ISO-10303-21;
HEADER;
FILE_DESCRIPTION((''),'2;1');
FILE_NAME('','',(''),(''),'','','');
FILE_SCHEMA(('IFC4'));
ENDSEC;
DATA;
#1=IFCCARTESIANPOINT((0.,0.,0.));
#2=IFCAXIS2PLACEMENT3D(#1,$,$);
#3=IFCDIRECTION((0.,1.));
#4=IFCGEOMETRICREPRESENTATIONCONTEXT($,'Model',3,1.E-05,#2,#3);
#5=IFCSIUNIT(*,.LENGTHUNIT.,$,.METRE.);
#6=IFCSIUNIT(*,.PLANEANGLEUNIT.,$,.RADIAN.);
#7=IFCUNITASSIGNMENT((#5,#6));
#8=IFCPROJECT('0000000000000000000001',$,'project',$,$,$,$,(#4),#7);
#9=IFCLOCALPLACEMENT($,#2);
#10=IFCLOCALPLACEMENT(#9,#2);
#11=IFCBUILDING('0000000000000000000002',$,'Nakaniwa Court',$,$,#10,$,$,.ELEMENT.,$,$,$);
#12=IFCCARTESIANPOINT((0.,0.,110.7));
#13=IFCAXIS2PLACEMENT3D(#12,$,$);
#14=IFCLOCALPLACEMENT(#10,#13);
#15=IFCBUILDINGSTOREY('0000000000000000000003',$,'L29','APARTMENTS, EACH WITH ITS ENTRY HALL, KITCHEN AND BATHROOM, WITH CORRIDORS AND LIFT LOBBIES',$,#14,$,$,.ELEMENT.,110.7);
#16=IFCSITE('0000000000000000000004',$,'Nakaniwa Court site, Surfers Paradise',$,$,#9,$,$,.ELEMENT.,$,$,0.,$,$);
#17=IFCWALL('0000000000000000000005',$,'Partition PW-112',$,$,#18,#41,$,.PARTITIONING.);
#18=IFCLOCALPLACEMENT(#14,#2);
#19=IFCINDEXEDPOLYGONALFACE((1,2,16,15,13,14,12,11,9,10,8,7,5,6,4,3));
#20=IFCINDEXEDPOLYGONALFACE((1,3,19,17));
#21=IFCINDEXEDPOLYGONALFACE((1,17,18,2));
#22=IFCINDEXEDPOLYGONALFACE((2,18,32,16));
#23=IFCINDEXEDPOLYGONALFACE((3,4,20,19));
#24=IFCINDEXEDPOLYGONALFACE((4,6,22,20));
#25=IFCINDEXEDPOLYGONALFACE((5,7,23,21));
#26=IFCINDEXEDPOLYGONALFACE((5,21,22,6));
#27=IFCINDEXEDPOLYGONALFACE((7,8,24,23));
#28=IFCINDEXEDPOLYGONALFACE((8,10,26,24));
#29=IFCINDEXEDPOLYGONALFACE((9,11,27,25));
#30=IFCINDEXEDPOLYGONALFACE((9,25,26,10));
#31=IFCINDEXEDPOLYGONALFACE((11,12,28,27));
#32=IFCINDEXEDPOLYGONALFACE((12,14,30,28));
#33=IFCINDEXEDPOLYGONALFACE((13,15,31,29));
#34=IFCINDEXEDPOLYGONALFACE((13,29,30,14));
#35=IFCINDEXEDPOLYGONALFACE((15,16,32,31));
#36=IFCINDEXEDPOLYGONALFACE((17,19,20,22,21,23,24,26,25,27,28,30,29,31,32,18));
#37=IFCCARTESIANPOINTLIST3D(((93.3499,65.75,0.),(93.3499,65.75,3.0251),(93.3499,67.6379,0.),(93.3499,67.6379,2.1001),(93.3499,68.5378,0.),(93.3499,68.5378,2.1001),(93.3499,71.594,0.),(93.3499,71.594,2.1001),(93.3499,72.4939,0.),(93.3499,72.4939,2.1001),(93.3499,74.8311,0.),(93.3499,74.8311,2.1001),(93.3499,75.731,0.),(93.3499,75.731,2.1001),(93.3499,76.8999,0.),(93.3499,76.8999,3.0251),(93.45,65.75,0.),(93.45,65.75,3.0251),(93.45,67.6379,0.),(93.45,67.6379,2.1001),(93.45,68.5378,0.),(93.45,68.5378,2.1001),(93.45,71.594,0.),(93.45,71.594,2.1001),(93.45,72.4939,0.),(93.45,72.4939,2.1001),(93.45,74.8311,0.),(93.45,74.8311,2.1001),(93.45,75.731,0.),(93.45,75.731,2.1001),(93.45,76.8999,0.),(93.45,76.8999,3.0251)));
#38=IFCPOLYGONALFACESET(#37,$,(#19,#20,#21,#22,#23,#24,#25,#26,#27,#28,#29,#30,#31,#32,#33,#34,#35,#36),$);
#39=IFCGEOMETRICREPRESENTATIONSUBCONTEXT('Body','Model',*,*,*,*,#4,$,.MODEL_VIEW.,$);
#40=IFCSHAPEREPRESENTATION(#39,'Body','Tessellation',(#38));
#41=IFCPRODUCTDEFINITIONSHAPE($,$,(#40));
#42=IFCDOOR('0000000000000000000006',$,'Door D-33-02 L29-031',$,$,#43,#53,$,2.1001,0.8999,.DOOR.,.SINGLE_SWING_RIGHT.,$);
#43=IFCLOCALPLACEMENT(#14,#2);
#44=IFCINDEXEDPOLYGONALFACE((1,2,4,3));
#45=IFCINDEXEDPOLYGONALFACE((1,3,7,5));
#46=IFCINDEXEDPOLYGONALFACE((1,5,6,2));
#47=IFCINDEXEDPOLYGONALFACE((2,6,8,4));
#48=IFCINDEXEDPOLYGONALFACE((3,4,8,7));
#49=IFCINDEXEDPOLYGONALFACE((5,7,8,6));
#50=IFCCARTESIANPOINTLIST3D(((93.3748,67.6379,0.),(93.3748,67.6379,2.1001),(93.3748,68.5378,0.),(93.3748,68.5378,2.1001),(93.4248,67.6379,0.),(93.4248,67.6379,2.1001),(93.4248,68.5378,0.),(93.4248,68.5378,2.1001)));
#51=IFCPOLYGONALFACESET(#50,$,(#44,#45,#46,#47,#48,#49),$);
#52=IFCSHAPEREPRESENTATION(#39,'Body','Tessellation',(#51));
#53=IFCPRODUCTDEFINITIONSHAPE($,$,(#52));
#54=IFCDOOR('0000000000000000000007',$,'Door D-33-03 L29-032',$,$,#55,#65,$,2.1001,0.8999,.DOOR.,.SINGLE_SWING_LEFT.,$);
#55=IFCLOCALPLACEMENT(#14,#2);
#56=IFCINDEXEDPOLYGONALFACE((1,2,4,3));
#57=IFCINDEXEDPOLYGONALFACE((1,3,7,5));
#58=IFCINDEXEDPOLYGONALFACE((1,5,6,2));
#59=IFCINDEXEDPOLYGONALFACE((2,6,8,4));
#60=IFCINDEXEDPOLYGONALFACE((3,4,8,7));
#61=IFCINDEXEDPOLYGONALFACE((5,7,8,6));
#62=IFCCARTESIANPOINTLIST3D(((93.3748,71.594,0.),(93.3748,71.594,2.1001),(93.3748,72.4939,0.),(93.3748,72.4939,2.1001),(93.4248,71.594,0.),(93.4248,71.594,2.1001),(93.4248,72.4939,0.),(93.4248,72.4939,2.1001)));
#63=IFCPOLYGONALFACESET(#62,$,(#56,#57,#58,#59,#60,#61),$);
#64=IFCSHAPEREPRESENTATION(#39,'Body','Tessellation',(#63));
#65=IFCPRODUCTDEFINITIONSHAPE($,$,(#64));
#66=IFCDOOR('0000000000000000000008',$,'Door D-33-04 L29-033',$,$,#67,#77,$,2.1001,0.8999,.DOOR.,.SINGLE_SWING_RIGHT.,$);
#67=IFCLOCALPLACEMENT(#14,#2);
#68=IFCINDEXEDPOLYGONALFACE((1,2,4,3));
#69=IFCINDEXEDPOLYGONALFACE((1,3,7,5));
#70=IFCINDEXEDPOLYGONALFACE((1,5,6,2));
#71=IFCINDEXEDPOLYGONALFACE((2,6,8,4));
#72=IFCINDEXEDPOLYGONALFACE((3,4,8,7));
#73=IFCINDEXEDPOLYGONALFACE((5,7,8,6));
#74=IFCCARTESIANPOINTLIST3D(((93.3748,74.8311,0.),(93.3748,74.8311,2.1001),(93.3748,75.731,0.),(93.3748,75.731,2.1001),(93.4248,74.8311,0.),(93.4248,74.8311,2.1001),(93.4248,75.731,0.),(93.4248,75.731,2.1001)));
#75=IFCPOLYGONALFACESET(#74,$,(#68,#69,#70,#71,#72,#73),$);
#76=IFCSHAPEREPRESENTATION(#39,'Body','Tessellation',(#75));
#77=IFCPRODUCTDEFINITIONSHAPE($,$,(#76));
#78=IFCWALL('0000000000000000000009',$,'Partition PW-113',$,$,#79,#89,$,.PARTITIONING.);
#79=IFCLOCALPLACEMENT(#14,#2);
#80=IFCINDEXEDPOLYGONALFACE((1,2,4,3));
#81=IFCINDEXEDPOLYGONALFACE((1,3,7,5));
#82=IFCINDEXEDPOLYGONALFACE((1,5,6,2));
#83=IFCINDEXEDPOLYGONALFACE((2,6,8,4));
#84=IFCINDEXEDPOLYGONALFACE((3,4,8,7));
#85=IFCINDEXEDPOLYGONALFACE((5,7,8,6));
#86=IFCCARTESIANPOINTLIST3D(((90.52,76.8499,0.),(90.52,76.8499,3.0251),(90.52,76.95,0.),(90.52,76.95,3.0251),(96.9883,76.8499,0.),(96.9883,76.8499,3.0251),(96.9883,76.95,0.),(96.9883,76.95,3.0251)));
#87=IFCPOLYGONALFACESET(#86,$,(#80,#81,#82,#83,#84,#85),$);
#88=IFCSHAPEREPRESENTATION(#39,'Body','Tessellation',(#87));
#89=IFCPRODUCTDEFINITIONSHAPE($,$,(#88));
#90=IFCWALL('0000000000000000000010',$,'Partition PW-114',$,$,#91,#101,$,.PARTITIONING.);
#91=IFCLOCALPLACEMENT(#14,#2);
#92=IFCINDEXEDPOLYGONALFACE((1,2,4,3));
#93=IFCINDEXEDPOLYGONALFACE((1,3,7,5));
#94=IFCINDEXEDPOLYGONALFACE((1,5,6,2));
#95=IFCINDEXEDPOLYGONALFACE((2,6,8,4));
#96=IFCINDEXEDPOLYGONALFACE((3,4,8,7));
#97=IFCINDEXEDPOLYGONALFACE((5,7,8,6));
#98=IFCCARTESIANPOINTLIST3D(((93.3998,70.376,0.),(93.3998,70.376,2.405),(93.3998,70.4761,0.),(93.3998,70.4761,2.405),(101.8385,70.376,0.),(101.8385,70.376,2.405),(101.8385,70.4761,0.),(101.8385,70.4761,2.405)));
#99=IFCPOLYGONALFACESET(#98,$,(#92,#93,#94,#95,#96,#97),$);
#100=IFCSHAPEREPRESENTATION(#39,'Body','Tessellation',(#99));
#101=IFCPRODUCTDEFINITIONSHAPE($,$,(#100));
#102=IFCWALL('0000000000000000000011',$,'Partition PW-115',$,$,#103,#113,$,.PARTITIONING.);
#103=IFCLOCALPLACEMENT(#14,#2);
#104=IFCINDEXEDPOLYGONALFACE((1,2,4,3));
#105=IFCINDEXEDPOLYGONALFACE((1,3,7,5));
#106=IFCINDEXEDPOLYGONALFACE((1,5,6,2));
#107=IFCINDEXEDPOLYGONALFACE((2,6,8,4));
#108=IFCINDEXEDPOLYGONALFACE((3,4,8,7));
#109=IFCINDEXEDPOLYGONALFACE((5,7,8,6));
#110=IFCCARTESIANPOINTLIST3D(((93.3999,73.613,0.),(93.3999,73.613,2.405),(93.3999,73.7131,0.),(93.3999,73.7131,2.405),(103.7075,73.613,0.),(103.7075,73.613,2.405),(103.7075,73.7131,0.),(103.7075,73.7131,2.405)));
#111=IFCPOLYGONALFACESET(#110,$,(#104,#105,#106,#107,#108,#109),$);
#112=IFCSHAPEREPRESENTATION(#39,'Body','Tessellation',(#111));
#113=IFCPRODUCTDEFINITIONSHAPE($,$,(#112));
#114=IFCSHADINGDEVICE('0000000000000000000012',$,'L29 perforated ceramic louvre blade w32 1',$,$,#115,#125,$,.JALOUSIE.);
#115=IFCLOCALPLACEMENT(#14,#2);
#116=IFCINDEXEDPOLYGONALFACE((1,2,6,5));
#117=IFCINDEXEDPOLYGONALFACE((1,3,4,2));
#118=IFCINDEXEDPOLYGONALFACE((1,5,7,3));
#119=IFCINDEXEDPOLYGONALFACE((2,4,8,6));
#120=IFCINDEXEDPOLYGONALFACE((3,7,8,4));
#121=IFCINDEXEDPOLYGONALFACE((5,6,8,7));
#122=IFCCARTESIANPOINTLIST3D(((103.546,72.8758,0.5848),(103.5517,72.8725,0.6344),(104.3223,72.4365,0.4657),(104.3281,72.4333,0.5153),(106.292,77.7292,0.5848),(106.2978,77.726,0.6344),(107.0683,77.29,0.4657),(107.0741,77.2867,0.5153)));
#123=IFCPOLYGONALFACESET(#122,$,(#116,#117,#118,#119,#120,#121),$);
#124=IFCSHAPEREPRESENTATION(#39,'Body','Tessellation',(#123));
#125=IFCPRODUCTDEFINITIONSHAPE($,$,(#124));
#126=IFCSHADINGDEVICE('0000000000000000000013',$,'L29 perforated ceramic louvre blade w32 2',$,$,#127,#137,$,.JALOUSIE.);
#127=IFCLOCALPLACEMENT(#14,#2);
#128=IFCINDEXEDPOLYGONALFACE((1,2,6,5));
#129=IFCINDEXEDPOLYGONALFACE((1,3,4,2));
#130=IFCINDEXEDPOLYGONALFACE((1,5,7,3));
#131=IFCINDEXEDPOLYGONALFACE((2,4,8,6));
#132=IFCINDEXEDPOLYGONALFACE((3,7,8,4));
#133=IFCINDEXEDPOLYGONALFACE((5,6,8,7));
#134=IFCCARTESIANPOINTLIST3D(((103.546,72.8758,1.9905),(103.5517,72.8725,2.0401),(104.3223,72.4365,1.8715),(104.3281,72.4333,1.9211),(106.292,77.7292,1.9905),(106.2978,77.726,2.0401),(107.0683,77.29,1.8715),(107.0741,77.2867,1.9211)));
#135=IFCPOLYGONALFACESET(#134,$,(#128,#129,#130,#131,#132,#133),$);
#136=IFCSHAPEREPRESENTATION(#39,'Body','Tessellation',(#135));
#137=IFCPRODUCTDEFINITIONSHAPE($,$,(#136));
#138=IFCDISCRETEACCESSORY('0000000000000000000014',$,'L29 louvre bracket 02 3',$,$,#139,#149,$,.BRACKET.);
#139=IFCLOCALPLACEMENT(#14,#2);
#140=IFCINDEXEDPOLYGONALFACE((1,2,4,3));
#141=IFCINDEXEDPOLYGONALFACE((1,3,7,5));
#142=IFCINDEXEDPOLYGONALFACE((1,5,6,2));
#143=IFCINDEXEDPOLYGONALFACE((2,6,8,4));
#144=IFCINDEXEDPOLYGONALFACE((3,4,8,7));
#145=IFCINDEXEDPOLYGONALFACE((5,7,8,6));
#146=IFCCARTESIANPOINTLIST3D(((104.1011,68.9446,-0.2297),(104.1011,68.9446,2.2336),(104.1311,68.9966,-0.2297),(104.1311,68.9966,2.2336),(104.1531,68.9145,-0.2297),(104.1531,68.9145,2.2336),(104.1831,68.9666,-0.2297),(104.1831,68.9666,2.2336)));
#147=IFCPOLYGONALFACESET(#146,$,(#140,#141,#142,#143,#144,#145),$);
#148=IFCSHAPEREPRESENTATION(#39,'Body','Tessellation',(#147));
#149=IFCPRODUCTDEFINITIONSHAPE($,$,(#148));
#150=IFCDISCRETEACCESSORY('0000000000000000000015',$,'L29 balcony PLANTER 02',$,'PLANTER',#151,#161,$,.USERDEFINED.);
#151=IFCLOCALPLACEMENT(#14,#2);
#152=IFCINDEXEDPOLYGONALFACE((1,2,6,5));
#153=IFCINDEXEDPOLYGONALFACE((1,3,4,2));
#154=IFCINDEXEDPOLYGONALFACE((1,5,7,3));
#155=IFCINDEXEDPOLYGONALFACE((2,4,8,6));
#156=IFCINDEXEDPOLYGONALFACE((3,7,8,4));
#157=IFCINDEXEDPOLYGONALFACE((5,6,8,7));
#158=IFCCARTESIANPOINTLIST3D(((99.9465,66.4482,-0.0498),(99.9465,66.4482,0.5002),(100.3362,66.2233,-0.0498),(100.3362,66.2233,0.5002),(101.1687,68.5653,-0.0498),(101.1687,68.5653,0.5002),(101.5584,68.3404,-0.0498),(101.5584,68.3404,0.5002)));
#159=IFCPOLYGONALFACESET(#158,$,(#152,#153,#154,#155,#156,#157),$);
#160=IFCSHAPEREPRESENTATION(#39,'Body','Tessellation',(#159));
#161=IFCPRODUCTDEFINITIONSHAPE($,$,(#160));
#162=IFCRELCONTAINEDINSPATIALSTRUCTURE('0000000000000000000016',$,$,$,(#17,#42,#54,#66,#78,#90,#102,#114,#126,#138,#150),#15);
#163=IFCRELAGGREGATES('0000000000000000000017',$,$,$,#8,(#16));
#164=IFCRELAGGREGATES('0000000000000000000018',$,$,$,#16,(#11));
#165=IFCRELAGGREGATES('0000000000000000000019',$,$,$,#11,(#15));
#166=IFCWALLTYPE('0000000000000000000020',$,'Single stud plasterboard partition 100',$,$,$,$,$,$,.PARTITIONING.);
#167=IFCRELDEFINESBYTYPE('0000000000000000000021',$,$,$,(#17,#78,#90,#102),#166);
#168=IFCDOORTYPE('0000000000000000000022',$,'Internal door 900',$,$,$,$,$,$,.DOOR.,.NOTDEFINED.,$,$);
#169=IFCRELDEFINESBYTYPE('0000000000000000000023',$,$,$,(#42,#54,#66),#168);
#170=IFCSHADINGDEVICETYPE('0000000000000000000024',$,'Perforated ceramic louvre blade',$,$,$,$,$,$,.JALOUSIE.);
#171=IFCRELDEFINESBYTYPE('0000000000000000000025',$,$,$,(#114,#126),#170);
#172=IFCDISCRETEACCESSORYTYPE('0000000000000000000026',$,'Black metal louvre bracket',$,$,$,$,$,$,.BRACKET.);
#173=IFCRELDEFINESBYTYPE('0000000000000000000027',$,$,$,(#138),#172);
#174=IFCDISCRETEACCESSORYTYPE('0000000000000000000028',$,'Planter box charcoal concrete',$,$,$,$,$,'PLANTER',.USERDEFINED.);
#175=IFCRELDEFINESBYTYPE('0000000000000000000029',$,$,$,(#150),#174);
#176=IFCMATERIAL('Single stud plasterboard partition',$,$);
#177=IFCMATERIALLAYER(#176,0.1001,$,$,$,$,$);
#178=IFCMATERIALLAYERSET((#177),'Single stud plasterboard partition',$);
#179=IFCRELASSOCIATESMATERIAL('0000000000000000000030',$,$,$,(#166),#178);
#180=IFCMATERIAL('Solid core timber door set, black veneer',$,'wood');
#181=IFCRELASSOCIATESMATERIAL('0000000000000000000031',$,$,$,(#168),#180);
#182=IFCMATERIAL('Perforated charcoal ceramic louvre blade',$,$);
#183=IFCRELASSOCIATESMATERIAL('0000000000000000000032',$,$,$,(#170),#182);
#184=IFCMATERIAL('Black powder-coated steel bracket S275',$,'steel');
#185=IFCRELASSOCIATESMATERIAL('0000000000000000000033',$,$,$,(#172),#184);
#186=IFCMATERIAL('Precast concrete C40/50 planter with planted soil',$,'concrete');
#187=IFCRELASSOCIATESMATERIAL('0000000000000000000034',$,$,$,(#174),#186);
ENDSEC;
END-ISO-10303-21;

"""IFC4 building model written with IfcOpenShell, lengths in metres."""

from ifc_helpers import new_model, si_unit, direction, frame, frame_2d, origin, origin_2d, place, context, subcontext, project, spatial, rectangle, extrude, material, layer, layer_set, material_profile, profile_set, type_object, element, fill, save


model = new_model("IFC4")

# Units and contexts
model_context = context("Model", 3, precision=1e-05, world=origin(), true_north=direction((0.0, 1.0)))
body_context = subcontext(model_context, "Body", "Model", "MODEL_VIEW")
ifc_project = project(units=[si_unit("LENGTHUNIT", "METRE"), si_unit("PLANEANGLEUNIT", "RADIAN")], contexts=[model_context])

# Site, building, storey
site_placement = place(None, origin())
site = spatial("IfcSite", under=ifc_project, at=site_placement, Name="Nakaniwa Court site, Surfers Paradise", CompositionType="ELEMENT", RefElevation=0.0)
building_placement = place(site_placement, origin())
building = spatial("IfcBuilding", under=site, at=building_placement, Name="Nakaniwa Court", CompositionType="ELEMENT")
storey_placement = place(building_placement, frame((0.0, 0.0, 110.7)))
storey = spatial("IfcBuildingStorey", under=building, at=storey_placement, Name="L29", Description="APARTMENTS, EACH WITH ITS ENTRY HALL, KITCHEN AND BATHROOM, WITH CORRIDORS AND LIFT LOBBIES", CompositionType="ELEMENT", Elevation=110.7)

# Shared definitions
ifc_material_1 = material(Name="Solid core timber door set, black veneer", Category="wood")

# Shared definitions
ifc_material_2 = material(Name="Single stud plasterboard partition")
ifc_layer_1 = layer(ifc_material_2, 0.1001)
ifc_layer_set_1 = layer_set([ifc_layer_1], Name="Single stud plasterboard partition")
wall_type_1 = type_object("IfcWallType", Name="Single stud plasterboard partition 100", PredefinedType="PARTITIONING", material=ifc_layer_set_1)

# Wall, openings, doors
wall_1_placement = place(storey_placement, frame((93.3999, 76.8999, 0.0), z_axis=(0.0, 0.0, 1.0), x_axis=(0.0, -1.0, 0.0)))
wall_1 = element("IfcWall", 1, at=wall_1_placement, inside=storey, type_object=wall_type_1, Name="Partition PW-112", PredefinedType="PARTITIONING", context=body_context, shape_type="SweptSolid", body=[
    extrude(rectangle(XDim=11.1499, YDim=0.1001, at=frame_2d((5.575, 0.0))), origin(), (0.0, 0.0, 1.0), 3.0251),
])
opening_1_placement = place(wall_1_placement, frame((8.3621, 0.0, 0.0)))
opening_1 = element("IfcOpeningElement", 2, at=opening_1_placement, cuts=wall_1, PredefinedType="OPENING", context=body_context, shape_type="SweptSolid", body=[
    extrude(rectangle(XDim=0.8999, YDim=2.1001, at=frame_2d((0.45, 1.05))), frame((0.0, 0.0601, 0.0), z_axis=(0.0, -1.0, 0.0), x_axis=(1.0, 0.0, 0.0)), (0.0, 0.0, 1.0), 0.1201),
])
opening_2_placement = place(wall_1_placement, frame((4.406, 0.0, 0.0)))
opening_2 = element("IfcOpeningElement", 3, at=opening_2_placement, cuts=wall_1, PredefinedType="OPENING", context=body_context, shape_type="SweptSolid", body=[
    extrude(rectangle(XDim=0.8999, YDim=2.1001, at=frame_2d((0.45, 1.05))), frame((0.0, 0.0601, 0.0), z_axis=(0.0, -1.0, 0.0), x_axis=(1.0, 0.0, 0.0)), (0.0, 0.0, 1.0), 0.1201),
])
opening_3_placement = place(wall_1_placement, frame((1.1689, 0.0, 0.0)))
opening_3 = element("IfcOpeningElement", 4, at=opening_3_placement, cuts=wall_1, PredefinedType="OPENING", context=body_context, shape_type="SweptSolid", body=[
    extrude(rectangle(XDim=0.8999, YDim=2.1001, at=frame_2d((0.45, 1.05))), frame((0.0, 0.0601, 0.0), z_axis=(0.0, -1.0, 0.0), x_axis=(1.0, 0.0, 0.0)), (0.0, 0.0, 1.0), 0.1201),
])
door_type_1 = type_object("IfcDoorType", Name="Internal door 900", OperationType="NOTDEFINED", PredefinedType="DOOR", material=ifc_material_1)
door_1_placement = place(opening_1_placement, origin())
door_1 = element("IfcDoor", 5, at=door_1_placement, inside=storey, type_object=door_type_1, Name="Door D-33-02 L29-031", OperationType="SINGLE_SWING_RIGHT", OverallHeight=2.1001, OverallWidth=0.8999, PredefinedType="DOOR", context=body_context, shape_type="SweptSolid", body=[
    extrude(rectangle(XDim=0.8999, YDim=2.1001, at=frame_2d((0.45, 1.05))), frame((0.0, 0.0249, 0.0), z_axis=(0.0, -1.0, 0.0), x_axis=(1.0, 0.0, 0.0)), (0.0, 0.0, 1.0), 0.05),
])
fill(opening_1, door_1)
door_2_placement = place(opening_2_placement, origin())
door_2 = element("IfcDoor", 6, at=door_2_placement, inside=storey, type_object=door_type_1, Name="Door D-33-03 L29-032", OperationType="SINGLE_SWING_LEFT", OverallHeight=2.1001, OverallWidth=0.8999, PredefinedType="DOOR", context=body_context, shape_type="SweptSolid", body=[
    extrude(rectangle(XDim=0.8999, YDim=2.1001, at=frame_2d((0.45, 1.05))), frame((0.0, 0.0249, 0.0), z_axis=(0.0, -1.0, 0.0), x_axis=(1.0, 0.0, 0.0)), (0.0, 0.0, 1.0), 0.05),
])
fill(opening_2, door_2)
door_3_placement = place(opening_3_placement, origin())
door_3 = element("IfcDoor", 7, at=door_3_placement, inside=storey, type_object=door_type_1, Name="Door D-33-04 L29-033", OperationType="SINGLE_SWING_RIGHT", OverallHeight=2.1001, OverallWidth=0.8999, PredefinedType="DOOR", context=body_context, shape_type="SweptSolid", body=[
    extrude(rectangle(XDim=0.8999, YDim=2.1001, at=frame_2d((0.45, 1.05))), frame((0.0, 0.0249, 0.0), z_axis=(0.0, -1.0, 0.0), x_axis=(1.0, 0.0, 0.0)), (0.0, 0.0, 1.0), 0.05),
])
fill(opening_3, door_3)

# Walls
wall_2_placement = place(storey_placement, frame((90.52, 76.8999, 0.0), z_axis=(0.0, 0.0, 1.0), x_axis=(1.0, 0.0, 0.0)))
element("IfcWall", 8, at=wall_2_placement, inside=storey, type_object=wall_type_1, Name="Partition PW-113", PredefinedType="PARTITIONING", context=body_context, shape_type="SweptSolid", body=[
    extrude(rectangle(XDim=6.4683, YDim=0.1001, at=frame_2d((3.2341, 0.0))), origin(), (0.0, 0.0, 1.0), 3.0251),
])
wall_3_placement = place(storey_placement, frame((93.3999, 70.426, 0.0), z_axis=(0.0, 0.0, 1.0), x_axis=(1.0, 0.0, 0.0)))
element("IfcWall", 9, at=wall_3_placement, inside=storey, type_object=wall_type_1, Name="Partition PW-114", PredefinedType="PARTITIONING", context=body_context, shape_type="SweptSolid", body=[
    extrude(rectangle(XDim=8.4387, YDim=0.1001, at=frame_2d((4.2192, 0.0))), origin(), (0.0, 0.0, 1.0), 2.405),
])
wall_4_placement = place(storey_placement, frame((93.3999, 73.6631, 0.0), z_axis=(0.0, 0.0, 1.0), x_axis=(1.0, 0.0, 0.0)))
element("IfcWall", 10, at=wall_4_placement, inside=storey, type_object=wall_type_1, Name="Partition PW-115", PredefinedType="PARTITIONING", context=body_context, shape_type="SweptSolid", body=[
    extrude(rectangle(XDim=10.3076, YDim=0.1001, at=frame_2d((5.1538, 0.0))), origin(), (0.0, 0.0, 1.0), 2.405),
])

# Shading devices
ifc_material_3 = material(Name="Perforated charcoal ceramic louvre blade")
ifc_material_profile_1 = material_profile(ifc_material_3, rectangle(XDim=0.8999, YDim=0.05, at=origin_2d()), Name="Perforated ceramic louvre blade")
ifc_profile_set_1 = profile_set([ifc_material_profile_1], Name="Perforated charcoal ceramic louvre blade")
shading_device_type = type_object("IfcShadingDeviceType", Name="Perforated ceramic louvre blade", PredefinedType="JALOUSIE", material=ifc_profile_set_1)
for number, where, z_axis, x_axis, name in (
    (11, (103.937, 72.6545, 0.55), (0.492438, 0.870347, 0.0), (-0.862702, 0.488112, 0.132256), "L29 perforated ceramic louvre blade w32 1"),
    (12, (103.937, 72.6545, 1.9558), (0.492438, 0.870347, 0.0), (-0.862702, 0.488112, 0.132256), "L29 perforated ceramic louvre blade w32 2"),
):
    element("IfcShadingDevice", number, at=place(storey_placement, frame(where, z_axis=z_axis, x_axis=x_axis)), inside=storey, type_object=shading_device_type, Name=name, PredefinedType="JALOUSIE", context=body_context, shape_type="SweptSolid", body=[
        extrude(rectangle(XDim=0.8999, YDim=0.05, at=origin_2d()), origin(), (0.0, 0.0, 1.0), 5.5764),
    ])

# Discrete accessories
ifc_material_4 = material(Name="Black powder-coated steel bracket S275", Category="steel")
discrete_accessory_type_1 = type_object("IfcDiscreteAccessoryType", Name="Black metal louvre bracket", PredefinedType="BRACKET", material=ifc_material_4)
discrete_accessory_1_placement = place(storey_placement, frame((104.1421, 68.9556, -0.2297), z_axis=(0.0, 0.0, 1.0), x_axis=(0.499974, 0.86604, 0.0)))
element("IfcDiscreteAccessory", 13, at=discrete_accessory_1_placement, inside=storey, type_object=discrete_accessory_type_1, Name="L29 louvre bracket 02 3", PredefinedType="BRACKET", context=body_context, shape_type="SweptSolid", body=[
    extrude(rectangle(XDim=0.0601, YDim=0.0601, at=origin_2d()), origin(), (0.0, 0.0, 1.0), 2.4634),
])
ifc_material_5 = material(Name="Precast concrete C40/50 planter with planted soil", Category="concrete")
discrete_accessory_type_2 = type_object("IfcDiscreteAccessoryType", Name="Planter box charcoal concrete", ElementType="PLANTER", PredefinedType="USERDEFINED", material=ifc_material_5)
discrete_accessory_2_placement = place(storey_placement, frame((100.7524, 67.3943, -0.0498), z_axis=(0.0, 0.0, 1.0), x_axis=(0.499974, 0.86604, 0.0)))
element("IfcDiscreteAccessory", 14, at=discrete_accessory_2_placement, inside=storey, type_object=discrete_accessory_type_2, Name="L29 balcony PLANTER 02", ObjectType="PLANTER", PredefinedType="USERDEFINED", context=body_context, shape_type="SweptSolid", body=[
    extrude(rectangle(XDim=2.4446, YDim=0.45, at=origin_2d()), origin(), (0.0, 0.0, 1.0), 0.55),
])

save(model, "model.ifc")
